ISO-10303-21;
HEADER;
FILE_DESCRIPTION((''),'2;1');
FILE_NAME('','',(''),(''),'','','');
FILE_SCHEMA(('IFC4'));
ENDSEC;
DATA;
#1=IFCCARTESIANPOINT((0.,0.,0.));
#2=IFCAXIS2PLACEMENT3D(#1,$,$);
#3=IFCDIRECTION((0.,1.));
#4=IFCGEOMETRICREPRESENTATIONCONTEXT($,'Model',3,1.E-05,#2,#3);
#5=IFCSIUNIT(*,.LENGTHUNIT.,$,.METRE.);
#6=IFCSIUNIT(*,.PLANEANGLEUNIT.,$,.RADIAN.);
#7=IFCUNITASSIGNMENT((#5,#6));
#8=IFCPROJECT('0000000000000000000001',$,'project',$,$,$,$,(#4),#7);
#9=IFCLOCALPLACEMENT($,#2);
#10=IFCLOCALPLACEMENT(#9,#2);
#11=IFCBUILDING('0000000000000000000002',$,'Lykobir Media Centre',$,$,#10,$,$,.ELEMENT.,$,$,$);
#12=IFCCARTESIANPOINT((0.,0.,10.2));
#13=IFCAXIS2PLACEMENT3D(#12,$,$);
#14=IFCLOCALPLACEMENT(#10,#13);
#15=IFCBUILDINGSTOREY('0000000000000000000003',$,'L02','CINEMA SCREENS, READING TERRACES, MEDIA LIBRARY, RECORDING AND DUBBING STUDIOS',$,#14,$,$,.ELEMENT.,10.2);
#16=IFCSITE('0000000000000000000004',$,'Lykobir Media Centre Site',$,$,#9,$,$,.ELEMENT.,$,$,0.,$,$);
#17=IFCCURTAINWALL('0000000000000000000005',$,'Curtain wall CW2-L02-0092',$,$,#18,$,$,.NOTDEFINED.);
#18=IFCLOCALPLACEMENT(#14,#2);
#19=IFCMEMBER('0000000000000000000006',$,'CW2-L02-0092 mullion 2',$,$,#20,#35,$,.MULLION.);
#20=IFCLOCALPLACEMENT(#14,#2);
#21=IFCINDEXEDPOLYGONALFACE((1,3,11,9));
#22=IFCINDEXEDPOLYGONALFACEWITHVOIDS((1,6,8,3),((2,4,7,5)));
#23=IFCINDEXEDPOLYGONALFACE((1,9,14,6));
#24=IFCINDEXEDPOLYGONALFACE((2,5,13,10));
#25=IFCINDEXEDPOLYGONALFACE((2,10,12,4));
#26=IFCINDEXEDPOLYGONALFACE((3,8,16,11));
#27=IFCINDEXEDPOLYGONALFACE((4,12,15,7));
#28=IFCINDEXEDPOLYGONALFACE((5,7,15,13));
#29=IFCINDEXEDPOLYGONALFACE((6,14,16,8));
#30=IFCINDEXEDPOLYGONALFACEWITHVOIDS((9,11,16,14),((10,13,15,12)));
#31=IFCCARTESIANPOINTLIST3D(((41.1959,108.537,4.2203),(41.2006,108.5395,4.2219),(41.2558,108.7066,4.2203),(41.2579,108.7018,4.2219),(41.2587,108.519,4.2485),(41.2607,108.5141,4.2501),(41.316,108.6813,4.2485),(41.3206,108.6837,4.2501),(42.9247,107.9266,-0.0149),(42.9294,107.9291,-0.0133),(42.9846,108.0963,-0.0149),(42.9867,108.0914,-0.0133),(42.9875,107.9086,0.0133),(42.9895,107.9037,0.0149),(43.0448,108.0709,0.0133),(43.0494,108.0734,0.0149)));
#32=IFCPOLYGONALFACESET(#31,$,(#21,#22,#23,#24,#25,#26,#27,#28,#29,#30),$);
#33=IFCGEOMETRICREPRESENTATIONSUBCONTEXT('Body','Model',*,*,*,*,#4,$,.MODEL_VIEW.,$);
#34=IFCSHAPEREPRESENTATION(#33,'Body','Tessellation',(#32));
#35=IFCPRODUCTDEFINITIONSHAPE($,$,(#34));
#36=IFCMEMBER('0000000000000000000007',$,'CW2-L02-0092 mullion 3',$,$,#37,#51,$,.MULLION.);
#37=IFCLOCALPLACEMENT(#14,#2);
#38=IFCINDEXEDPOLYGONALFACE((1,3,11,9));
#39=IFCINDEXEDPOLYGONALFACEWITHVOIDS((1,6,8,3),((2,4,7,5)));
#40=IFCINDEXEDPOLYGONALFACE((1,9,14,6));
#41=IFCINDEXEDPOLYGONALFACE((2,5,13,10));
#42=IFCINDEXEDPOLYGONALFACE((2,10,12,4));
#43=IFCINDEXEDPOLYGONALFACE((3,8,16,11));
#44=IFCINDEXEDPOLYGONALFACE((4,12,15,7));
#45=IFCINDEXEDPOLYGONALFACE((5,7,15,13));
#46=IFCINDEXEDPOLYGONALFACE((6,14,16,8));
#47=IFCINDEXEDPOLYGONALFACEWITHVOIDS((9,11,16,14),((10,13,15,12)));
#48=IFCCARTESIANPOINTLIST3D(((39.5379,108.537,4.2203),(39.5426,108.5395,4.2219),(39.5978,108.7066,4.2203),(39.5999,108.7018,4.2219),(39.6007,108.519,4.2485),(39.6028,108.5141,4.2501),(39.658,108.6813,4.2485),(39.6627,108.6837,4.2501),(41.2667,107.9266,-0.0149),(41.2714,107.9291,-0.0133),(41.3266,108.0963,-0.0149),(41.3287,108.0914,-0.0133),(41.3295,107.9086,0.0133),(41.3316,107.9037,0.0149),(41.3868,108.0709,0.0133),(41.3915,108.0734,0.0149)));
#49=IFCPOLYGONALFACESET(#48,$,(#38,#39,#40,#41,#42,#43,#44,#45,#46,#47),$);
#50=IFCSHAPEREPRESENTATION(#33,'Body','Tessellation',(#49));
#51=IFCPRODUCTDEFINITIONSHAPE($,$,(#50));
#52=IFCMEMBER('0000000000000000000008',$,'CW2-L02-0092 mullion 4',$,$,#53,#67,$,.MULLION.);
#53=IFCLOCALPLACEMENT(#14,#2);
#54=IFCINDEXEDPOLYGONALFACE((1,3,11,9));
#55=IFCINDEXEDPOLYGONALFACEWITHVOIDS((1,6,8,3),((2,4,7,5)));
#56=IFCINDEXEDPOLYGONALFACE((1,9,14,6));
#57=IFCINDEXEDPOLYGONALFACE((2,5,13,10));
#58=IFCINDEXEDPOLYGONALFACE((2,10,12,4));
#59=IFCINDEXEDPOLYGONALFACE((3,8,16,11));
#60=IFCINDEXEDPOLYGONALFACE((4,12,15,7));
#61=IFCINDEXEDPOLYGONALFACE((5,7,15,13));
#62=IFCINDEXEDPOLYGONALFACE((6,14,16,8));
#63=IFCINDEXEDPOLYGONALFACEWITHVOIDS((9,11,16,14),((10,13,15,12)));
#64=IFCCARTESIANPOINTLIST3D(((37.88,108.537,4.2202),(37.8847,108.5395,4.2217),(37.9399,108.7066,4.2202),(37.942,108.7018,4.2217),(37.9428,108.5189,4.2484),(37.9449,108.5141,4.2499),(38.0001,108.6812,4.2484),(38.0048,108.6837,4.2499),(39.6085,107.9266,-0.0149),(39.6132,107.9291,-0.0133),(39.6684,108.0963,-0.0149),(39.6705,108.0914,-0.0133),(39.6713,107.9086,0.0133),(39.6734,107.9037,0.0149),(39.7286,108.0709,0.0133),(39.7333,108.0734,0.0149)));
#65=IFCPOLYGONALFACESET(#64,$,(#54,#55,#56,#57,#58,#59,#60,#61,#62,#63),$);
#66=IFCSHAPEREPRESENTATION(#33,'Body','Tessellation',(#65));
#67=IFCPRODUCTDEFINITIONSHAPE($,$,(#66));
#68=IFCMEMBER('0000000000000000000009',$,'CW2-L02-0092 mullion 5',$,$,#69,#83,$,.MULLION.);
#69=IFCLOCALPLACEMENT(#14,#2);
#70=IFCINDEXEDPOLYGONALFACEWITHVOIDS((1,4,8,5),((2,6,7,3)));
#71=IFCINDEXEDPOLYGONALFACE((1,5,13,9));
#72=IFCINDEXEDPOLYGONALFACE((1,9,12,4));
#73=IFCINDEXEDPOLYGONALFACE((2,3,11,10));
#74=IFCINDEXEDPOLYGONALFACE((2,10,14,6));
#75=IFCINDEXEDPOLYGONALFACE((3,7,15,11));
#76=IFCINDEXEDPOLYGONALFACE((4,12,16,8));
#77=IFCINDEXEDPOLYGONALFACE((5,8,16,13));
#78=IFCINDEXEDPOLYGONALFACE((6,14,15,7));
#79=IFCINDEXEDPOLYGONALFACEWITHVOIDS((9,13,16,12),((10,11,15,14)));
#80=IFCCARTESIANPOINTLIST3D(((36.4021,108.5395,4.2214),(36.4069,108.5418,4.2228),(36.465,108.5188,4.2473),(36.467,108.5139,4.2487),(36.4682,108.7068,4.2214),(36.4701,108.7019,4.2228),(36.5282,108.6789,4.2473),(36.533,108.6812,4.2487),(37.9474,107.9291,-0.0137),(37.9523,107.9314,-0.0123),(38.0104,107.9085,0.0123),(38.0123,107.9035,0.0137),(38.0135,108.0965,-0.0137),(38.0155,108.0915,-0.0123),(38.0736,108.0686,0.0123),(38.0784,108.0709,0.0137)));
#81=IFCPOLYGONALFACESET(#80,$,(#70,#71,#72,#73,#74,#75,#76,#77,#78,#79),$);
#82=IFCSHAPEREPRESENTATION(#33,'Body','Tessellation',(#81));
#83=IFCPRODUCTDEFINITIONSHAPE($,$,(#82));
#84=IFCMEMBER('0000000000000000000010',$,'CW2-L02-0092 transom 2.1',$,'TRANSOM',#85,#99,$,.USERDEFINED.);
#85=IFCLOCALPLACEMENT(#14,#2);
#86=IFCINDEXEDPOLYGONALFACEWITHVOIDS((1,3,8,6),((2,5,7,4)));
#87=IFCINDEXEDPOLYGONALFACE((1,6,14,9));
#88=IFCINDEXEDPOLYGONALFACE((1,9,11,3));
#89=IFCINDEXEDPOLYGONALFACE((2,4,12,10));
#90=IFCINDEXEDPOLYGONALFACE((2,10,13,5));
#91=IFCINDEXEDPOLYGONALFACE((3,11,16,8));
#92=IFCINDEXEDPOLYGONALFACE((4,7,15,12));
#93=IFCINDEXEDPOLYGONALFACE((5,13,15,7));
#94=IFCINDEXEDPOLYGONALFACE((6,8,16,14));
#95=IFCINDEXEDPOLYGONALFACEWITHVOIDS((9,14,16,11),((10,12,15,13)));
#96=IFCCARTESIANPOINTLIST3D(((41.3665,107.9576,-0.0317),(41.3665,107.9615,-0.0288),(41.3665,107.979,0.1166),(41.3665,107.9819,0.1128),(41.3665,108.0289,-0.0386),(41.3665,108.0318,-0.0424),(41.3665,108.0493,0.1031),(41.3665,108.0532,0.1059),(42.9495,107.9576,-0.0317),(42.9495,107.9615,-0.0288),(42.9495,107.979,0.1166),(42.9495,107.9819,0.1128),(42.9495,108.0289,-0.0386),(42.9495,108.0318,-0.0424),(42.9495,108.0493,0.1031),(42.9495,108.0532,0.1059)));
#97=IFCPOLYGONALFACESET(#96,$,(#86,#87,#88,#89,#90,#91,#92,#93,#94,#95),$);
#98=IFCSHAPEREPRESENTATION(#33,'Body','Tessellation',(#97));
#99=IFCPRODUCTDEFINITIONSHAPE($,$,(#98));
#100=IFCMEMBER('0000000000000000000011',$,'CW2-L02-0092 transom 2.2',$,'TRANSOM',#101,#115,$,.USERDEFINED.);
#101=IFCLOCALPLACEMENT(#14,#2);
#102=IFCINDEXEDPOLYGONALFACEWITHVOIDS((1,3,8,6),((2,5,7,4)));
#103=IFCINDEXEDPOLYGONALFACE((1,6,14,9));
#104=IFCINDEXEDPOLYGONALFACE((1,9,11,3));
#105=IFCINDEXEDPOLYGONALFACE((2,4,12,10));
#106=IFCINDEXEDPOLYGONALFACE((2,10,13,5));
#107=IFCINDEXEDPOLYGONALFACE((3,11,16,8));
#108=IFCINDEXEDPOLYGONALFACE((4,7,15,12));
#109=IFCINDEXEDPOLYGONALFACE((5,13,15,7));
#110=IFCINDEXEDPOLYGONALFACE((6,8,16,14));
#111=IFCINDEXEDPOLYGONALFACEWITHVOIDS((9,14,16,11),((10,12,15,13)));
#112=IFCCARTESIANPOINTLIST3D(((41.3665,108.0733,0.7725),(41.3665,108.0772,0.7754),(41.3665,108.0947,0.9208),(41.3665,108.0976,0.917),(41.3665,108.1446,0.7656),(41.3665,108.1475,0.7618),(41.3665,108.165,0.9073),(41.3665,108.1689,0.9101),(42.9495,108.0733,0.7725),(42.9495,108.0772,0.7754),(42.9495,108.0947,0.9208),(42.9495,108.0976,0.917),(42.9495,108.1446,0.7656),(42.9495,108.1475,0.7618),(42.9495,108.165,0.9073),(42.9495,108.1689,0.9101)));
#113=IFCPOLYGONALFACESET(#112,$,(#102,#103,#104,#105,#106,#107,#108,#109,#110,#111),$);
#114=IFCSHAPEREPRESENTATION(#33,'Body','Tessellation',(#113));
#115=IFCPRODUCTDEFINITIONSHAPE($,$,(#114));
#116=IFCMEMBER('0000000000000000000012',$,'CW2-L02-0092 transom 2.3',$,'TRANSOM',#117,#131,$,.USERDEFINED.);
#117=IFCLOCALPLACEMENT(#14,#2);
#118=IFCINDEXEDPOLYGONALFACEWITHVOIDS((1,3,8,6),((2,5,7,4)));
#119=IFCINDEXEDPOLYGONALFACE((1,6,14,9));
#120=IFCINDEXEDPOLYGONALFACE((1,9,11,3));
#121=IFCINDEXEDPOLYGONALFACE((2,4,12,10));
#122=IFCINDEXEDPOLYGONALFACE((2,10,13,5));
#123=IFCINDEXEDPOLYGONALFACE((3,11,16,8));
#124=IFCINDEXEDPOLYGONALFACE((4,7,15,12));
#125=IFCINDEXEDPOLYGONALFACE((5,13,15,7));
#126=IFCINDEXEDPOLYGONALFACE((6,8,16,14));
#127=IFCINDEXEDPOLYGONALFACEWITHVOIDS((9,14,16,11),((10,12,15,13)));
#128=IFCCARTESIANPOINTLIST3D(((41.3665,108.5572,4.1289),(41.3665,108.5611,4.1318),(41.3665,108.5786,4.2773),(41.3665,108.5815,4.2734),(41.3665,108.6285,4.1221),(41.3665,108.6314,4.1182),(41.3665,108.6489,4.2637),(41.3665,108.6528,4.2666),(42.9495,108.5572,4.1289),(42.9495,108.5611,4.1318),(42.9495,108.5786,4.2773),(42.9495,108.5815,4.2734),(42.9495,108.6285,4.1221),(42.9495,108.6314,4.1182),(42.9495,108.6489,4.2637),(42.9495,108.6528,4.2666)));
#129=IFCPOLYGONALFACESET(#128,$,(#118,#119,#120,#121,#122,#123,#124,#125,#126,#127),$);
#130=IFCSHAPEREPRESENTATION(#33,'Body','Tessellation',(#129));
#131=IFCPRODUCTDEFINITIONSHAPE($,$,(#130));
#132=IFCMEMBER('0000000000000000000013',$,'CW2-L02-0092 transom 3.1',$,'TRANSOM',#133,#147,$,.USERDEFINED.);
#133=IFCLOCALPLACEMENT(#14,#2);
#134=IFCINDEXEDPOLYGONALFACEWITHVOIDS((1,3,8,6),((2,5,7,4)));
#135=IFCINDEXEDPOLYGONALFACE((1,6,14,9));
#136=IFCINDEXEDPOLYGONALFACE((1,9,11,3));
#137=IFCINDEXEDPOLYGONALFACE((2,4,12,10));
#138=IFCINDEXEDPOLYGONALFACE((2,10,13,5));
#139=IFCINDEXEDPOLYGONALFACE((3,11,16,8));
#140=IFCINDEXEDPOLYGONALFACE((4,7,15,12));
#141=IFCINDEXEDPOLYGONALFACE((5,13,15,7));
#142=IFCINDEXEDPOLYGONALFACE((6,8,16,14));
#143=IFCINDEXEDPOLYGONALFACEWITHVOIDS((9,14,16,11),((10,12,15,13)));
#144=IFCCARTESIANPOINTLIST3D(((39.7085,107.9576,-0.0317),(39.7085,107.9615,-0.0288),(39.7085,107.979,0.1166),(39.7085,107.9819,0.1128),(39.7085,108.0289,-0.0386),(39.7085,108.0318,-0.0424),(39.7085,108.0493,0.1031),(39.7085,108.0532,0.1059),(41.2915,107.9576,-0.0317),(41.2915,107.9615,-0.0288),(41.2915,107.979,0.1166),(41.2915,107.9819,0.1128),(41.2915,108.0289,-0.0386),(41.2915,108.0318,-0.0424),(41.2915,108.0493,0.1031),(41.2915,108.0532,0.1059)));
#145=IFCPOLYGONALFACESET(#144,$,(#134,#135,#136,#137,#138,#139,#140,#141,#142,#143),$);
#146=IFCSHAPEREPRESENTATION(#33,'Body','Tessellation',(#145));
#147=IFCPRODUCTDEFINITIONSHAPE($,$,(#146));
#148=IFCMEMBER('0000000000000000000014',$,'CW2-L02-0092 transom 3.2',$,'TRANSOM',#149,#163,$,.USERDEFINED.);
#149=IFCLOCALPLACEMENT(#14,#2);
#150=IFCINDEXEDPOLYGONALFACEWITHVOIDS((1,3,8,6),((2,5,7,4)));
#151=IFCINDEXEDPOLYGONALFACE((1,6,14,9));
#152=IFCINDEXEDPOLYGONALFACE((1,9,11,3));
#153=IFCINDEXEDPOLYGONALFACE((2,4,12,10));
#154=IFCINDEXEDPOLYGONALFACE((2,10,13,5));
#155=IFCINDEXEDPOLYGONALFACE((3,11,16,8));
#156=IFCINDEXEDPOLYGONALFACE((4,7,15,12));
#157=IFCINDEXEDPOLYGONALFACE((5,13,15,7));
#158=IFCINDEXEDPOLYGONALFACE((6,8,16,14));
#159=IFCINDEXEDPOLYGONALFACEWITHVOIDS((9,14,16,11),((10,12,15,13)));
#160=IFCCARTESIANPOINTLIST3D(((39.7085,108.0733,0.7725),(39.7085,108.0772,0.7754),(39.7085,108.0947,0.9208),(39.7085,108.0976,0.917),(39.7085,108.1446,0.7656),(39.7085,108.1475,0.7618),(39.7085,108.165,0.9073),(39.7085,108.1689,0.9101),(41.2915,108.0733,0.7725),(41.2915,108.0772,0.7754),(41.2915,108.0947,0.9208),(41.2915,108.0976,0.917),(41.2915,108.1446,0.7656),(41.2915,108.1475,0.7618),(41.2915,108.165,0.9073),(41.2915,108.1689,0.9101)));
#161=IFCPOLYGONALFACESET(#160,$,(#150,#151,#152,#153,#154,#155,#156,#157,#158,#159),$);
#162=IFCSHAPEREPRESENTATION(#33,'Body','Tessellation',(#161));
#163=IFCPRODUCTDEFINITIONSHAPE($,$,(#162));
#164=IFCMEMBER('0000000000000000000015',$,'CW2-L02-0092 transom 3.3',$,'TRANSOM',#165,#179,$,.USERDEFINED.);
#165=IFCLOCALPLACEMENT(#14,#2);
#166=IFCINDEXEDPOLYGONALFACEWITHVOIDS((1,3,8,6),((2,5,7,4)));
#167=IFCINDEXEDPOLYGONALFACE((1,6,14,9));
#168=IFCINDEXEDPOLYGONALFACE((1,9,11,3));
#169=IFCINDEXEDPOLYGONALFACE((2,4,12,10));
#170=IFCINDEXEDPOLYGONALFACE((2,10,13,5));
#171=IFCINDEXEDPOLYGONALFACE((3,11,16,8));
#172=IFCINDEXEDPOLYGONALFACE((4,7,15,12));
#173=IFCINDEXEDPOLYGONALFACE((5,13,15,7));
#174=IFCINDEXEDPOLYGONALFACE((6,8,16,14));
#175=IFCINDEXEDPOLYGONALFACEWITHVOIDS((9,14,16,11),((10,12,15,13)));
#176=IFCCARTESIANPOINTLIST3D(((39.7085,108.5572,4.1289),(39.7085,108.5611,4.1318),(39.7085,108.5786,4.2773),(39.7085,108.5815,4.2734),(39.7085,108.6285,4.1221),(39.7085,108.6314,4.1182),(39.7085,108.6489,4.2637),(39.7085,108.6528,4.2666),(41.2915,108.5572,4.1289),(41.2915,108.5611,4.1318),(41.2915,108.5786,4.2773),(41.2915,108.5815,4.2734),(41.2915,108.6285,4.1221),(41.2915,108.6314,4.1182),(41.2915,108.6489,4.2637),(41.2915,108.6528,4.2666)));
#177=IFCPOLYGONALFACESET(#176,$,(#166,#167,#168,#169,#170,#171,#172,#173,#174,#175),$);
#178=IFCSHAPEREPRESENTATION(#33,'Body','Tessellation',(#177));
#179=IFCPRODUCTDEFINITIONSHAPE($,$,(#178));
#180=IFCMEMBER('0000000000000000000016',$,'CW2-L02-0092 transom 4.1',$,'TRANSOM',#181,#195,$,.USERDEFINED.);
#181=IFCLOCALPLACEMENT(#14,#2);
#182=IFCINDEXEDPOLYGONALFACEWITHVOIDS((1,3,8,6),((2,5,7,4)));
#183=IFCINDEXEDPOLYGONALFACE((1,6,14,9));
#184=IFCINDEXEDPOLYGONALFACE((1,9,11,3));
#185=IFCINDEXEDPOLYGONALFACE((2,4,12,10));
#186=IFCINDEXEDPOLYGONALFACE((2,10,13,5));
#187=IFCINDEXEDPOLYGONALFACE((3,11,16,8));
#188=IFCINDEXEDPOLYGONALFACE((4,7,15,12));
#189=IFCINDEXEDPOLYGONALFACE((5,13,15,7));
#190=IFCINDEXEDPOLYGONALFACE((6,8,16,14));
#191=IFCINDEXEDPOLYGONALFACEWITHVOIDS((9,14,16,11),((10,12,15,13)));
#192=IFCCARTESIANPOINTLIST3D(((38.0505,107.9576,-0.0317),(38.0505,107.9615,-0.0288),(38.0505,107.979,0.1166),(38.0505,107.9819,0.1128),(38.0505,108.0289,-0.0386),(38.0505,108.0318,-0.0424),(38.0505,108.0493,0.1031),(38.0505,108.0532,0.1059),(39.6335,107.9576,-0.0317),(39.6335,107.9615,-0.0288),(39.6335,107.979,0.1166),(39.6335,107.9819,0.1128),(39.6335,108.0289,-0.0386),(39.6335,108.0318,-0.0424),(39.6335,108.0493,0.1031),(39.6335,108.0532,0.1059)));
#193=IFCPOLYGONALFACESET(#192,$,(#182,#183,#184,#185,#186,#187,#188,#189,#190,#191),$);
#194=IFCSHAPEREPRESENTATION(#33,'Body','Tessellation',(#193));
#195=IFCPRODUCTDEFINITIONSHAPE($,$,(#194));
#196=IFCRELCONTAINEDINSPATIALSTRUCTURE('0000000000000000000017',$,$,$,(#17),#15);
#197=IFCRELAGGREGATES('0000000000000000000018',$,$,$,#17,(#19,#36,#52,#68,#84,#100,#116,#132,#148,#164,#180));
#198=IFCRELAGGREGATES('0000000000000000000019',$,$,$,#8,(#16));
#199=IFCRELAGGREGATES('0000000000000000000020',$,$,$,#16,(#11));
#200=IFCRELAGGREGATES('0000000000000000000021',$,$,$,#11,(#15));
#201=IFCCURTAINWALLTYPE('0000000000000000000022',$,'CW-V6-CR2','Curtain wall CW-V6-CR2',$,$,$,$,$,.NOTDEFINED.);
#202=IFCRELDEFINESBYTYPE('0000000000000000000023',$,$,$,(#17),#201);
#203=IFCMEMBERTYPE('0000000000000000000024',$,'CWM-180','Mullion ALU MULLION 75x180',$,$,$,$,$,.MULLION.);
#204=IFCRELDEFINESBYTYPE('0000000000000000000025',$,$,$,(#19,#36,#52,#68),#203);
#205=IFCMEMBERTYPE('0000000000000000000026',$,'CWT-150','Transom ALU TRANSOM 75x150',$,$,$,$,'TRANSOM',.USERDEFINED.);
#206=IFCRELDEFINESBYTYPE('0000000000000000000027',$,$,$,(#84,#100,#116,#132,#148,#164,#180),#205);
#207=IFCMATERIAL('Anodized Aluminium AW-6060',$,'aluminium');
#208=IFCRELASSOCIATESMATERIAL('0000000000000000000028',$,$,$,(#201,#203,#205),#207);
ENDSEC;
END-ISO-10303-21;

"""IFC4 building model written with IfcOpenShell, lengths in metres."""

from ifc_helpers import new_model, si_unit, direction, frame, origin, origin_2d, place, context, subcontext, project, spatial, hollow_rectangle, extrude, material, material_profile, profile_set, type_object, element, aggregate, save


model = new_model("IFC4")

# Units and contexts
model_context = context("Model", 3, precision=1e-05, world=origin(), true_north=direction((0.0, 1.0)))
body_context = subcontext(model_context, "Body", "Model", "MODEL_VIEW")
ifc_project = project(units=[si_unit("LENGTHUNIT", "METRE"), si_unit("PLANEANGLEUNIT", "RADIAN")], contexts=[model_context])

# Site, building, storey
site_placement = place(None, origin())
site = spatial("IfcSite", under=ifc_project, at=site_placement, Name="Lykobir Media Centre Site", CompositionType="ELEMENT", RefElevation=0.0)
building_placement = place(site_placement, origin())
building = spatial("IfcBuilding", under=site, at=building_placement, Name="Lykobir Media Centre", CompositionType="ELEMENT")
storey_placement = place(building_placement, frame((0.0, 0.0, 10.2)))
storey = spatial("IfcBuildingStorey", under=building, at=storey_placement, Name="L02", Description="CINEMA SCREENS, READING TERRACES, MEDIA LIBRARY, RECORDING AND DUBBING STUDIOS", CompositionType="ELEMENT", Elevation=10.2)

# Curtain wall, members
ifc_material_1 = material(Name="Anodized Aluminium AW-6060", Category="aluminium")
curtain_wall_type = type_object("IfcCurtainWallType", Name="CW-V6-CR2", Description="Curtain wall CW-V6-CR2", PredefinedType="NOTDEFINED", material=ifc_material_1)
curtain_wall_placement = place(storey_placement, origin())
curtain_wall = element("IfcCurtainWall", 1, at=curtain_wall_placement, inside=storey, type_object=curtain_wall_type, Name="Curtain wall CW2-L02-0092", PredefinedType="NOTDEFINED")
ifc_material_profile_1 = material_profile(ifc_material_1, hollow_rectangle(XDim=0.075, YDim=0.1799, WallThickness=0.0039, at=origin_2d()), Name="ALU MULLION 75x180")
ifc_profile_set_1 = profile_set([ifc_material_profile_1], Name="Anodized Aluminium AW-6060")
member_type_1 = type_object("IfcMemberType", Name="CWM-180", Description="Mullion ALU MULLION 75x180", PredefinedType="MULLION", material=ifc_profile_set_1)
member_1_placement = place(storey_placement, frame((42.9871, 108.0, 0.0), z_axis=(-0.374604, 0.132257, 0.917704), x_axis=(-0.865354, 0.30552, -0.397266)))
member_1 = element("IfcMember", 2, at=member_1_placement, type_object=member_type_1, Name="CW2-L02-0092 mullion 2", PredefinedType="MULLION", context=body_context, shape_type="SweptSolid", body=[
    extrude(hollow_rectangle(XDim=0.075, YDim=0.1799, WallThickness=0.0039, at=origin_2d()), origin(), (0.0, 0.0, 1.0), 4.615),
])
member_2_placement = place(storey_placement, frame((41.3291, 108.0, 0.0), z_axis=(-0.374604, 0.132257, 0.917704), x_axis=(-0.865354, 0.30552, -0.397266)))
member_2 = element("IfcMember", 3, at=member_2_placement, type_object=member_type_1, Name="CW2-L02-0092 mullion 3", PredefinedType="MULLION", context=body_context, shape_type="SweptSolid", body=[
    extrude(hollow_rectangle(XDim=0.075, YDim=0.1799, WallThickness=0.0039, at=origin_2d()), origin(), (0.0, 0.0, 1.0), 4.615),
])
member_3_placement = place(storey_placement, frame((39.6709, 108.0, 0.0), z_axis=(-0.374559, 0.132259, 0.917722), x_axis=(-0.865358, 0.305564, -0.397224)))
member_3 = element("IfcMember", 4, at=member_3_placement, type_object=member_type_1, Name="CW2-L02-0092 mullion 4", PredefinedType="MULLION", context=body_context, shape_type="SweptSolid", body=[
    extrude(hollow_rectangle(XDim=0.075, YDim=0.1799, WallThickness=0.0039, at=origin_2d()), origin(), (0.0, 0.0, 1.0), 4.6147),
])
member_4_placement = place(storey_placement, frame((38.0129, 108.0, 0.0), z_axis=(-0.339696, 0.134161, 0.930917), x_axis=(-0.865836, 0.341957, -0.36523)))
member_4 = element("IfcMember", 5, at=member_4_placement, type_object=member_type_1, Name="CW2-L02-0092 mullion 5", PredefinedType="MULLION", context=body_context, shape_type="SweptSolid", body=[
    extrude(hollow_rectangle(XDim=0.075, YDim=0.1799, WallThickness=0.0039, at=origin_2d()), origin(), (0.0, 0.0, 1.0), 4.5493),
])
ifc_material_profile_2 = material_profile(ifc_material_1, hollow_rectangle(XDim=0.075, YDim=0.1499, WallThickness=0.0034, at=origin_2d()), Name="ALU TRANSOM 75x150")
ifc_profile_set_2 = profile_set([ifc_material_profile_2], Name="Anodized Aluminium AW-6060")
member_type_2 = type_object("IfcMemberType", Name="CWT-150", Description="Transom ALU TRANSOM 75x150", ElementType="TRANSOM", PredefinedType="USERDEFINED", material=ifc_profile_set_2)
member_5_placement = place(storey_placement, frame((42.9495, 108.0054, 0.0371), z_axis=(-1.0, 0.0, 0.0), x_axis=(0.0, -0.989776, 0.142629)))
member_5 = element("IfcMember", 6, at=member_5_placement, type_object=member_type_2, Name="CW2-L02-0092 transom 2.1", ObjectType="TRANSOM", PredefinedType="USERDEFINED", context=body_context, shape_type="SweptSolid", body=[
    extrude(hollow_rectangle(XDim=0.075, YDim=0.1499, WallThickness=0.0034, at=origin_2d()), origin(), (0.0, 0.0, 1.0), 1.583),
])
member_6_placement = place(storey_placement, frame((42.9495, 108.1211, 0.8413), z_axis=(-1.0, 0.0, 0.0), x_axis=(0.0, -0.989776, 0.142629)))
member_6 = element("IfcMember", 7, at=member_6_placement, type_object=member_type_2, Name="CW2-L02-0092 transom 2.2", ObjectType="TRANSOM", PredefinedType="USERDEFINED", context=body_context, shape_type="SweptSolid", body=[
    extrude(hollow_rectangle(XDim=0.075, YDim=0.1499, WallThickness=0.0034, at=origin_2d()), origin(), (0.0, 0.0, 1.0), 1.583),
])
member_7_placement = place(storey_placement, frame((42.9495, 108.605, 4.1978), z_axis=(-1.0, 0.0, 0.0), x_axis=(0.0, -0.989776, 0.142629)))
member_7 = element("IfcMember", 8, at=member_7_placement, type_object=member_type_2, Name="CW2-L02-0092 transom 2.3", ObjectType="TRANSOM", PredefinedType="USERDEFINED", context=body_context, shape_type="SweptSolid", body=[
    extrude(hollow_rectangle(XDim=0.075, YDim=0.1499, WallThickness=0.0034, at=origin_2d()), origin(), (0.0, 0.0, 1.0), 1.583),
])
member_8_placement = place(storey_placement, frame((41.2915, 108.0054, 0.0371), z_axis=(-1.0, 0.0, 0.0), x_axis=(0.0, -0.989776, 0.142629)))
member_8 = element("IfcMember", 9, at=member_8_placement, type_object=member_type_2, Name="CW2-L02-0092 transom 3.1", ObjectType="TRANSOM", PredefinedType="USERDEFINED", context=body_context, shape_type="SweptSolid", body=[
    extrude(hollow_rectangle(XDim=0.075, YDim=0.1499, WallThickness=0.0034, at=origin_2d()), origin(), (0.0, 0.0, 1.0), 1.583),
])
member_9_placement = place(storey_placement, frame((41.2915, 108.1211, 0.8413), z_axis=(-1.0, 0.0, 0.0), x_axis=(0.0, -0.989776, 0.142629)))
member_9 = element("IfcMember", 10, at=member_9_placement, type_object=member_type_2, Name="CW2-L02-0092 transom 3.2", ObjectType="TRANSOM", PredefinedType="USERDEFINED", context=body_context, shape_type="SweptSolid", body=[
    extrude(hollow_rectangle(XDim=0.075, YDim=0.1499, WallThickness=0.0034, at=origin_2d()), origin(), (0.0, 0.0, 1.0), 1.583),
])
member_10_placement = place(storey_placement, frame((41.2915, 108.605, 4.1978), z_axis=(-1.0, 0.0, 0.0), x_axis=(0.0, -0.989776, 0.142629)))
member_10 = element("IfcMember", 11, at=member_10_placement, type_object=member_type_2, Name="CW2-L02-0092 transom 3.3", ObjectType="TRANSOM", PredefinedType="USERDEFINED", context=body_context, shape_type="SweptSolid", body=[
    extrude(hollow_rectangle(XDim=0.075, YDim=0.1499, WallThickness=0.0034, at=origin_2d()), origin(), (0.0, 0.0, 1.0), 1.583),
])
member_11_placement = place(storey_placement, frame((39.6335, 108.0054, 0.0371), z_axis=(-1.0, 0.0, 0.0), x_axis=(0.0, -0.989776, 0.142629)))
member_11 = element("IfcMember", 12, at=member_11_placement, type_object=member_type_2, Name="CW2-L02-0092 transom 4.1", ObjectType="TRANSOM", PredefinedType="USERDEFINED", context=body_context, shape_type="SweptSolid", body=[
    extrude(hollow_rectangle(XDim=0.075, YDim=0.1499, WallThickness=0.0034, at=origin_2d()), origin(), (0.0, 0.0, 1.0), 1.583),
])
aggregate(curtain_wall, [member_1, member_2, member_3, member_4, member_5, member_6, member_7, member_8, member_9, member_10, member_11])

save(model, "model.ifc")
